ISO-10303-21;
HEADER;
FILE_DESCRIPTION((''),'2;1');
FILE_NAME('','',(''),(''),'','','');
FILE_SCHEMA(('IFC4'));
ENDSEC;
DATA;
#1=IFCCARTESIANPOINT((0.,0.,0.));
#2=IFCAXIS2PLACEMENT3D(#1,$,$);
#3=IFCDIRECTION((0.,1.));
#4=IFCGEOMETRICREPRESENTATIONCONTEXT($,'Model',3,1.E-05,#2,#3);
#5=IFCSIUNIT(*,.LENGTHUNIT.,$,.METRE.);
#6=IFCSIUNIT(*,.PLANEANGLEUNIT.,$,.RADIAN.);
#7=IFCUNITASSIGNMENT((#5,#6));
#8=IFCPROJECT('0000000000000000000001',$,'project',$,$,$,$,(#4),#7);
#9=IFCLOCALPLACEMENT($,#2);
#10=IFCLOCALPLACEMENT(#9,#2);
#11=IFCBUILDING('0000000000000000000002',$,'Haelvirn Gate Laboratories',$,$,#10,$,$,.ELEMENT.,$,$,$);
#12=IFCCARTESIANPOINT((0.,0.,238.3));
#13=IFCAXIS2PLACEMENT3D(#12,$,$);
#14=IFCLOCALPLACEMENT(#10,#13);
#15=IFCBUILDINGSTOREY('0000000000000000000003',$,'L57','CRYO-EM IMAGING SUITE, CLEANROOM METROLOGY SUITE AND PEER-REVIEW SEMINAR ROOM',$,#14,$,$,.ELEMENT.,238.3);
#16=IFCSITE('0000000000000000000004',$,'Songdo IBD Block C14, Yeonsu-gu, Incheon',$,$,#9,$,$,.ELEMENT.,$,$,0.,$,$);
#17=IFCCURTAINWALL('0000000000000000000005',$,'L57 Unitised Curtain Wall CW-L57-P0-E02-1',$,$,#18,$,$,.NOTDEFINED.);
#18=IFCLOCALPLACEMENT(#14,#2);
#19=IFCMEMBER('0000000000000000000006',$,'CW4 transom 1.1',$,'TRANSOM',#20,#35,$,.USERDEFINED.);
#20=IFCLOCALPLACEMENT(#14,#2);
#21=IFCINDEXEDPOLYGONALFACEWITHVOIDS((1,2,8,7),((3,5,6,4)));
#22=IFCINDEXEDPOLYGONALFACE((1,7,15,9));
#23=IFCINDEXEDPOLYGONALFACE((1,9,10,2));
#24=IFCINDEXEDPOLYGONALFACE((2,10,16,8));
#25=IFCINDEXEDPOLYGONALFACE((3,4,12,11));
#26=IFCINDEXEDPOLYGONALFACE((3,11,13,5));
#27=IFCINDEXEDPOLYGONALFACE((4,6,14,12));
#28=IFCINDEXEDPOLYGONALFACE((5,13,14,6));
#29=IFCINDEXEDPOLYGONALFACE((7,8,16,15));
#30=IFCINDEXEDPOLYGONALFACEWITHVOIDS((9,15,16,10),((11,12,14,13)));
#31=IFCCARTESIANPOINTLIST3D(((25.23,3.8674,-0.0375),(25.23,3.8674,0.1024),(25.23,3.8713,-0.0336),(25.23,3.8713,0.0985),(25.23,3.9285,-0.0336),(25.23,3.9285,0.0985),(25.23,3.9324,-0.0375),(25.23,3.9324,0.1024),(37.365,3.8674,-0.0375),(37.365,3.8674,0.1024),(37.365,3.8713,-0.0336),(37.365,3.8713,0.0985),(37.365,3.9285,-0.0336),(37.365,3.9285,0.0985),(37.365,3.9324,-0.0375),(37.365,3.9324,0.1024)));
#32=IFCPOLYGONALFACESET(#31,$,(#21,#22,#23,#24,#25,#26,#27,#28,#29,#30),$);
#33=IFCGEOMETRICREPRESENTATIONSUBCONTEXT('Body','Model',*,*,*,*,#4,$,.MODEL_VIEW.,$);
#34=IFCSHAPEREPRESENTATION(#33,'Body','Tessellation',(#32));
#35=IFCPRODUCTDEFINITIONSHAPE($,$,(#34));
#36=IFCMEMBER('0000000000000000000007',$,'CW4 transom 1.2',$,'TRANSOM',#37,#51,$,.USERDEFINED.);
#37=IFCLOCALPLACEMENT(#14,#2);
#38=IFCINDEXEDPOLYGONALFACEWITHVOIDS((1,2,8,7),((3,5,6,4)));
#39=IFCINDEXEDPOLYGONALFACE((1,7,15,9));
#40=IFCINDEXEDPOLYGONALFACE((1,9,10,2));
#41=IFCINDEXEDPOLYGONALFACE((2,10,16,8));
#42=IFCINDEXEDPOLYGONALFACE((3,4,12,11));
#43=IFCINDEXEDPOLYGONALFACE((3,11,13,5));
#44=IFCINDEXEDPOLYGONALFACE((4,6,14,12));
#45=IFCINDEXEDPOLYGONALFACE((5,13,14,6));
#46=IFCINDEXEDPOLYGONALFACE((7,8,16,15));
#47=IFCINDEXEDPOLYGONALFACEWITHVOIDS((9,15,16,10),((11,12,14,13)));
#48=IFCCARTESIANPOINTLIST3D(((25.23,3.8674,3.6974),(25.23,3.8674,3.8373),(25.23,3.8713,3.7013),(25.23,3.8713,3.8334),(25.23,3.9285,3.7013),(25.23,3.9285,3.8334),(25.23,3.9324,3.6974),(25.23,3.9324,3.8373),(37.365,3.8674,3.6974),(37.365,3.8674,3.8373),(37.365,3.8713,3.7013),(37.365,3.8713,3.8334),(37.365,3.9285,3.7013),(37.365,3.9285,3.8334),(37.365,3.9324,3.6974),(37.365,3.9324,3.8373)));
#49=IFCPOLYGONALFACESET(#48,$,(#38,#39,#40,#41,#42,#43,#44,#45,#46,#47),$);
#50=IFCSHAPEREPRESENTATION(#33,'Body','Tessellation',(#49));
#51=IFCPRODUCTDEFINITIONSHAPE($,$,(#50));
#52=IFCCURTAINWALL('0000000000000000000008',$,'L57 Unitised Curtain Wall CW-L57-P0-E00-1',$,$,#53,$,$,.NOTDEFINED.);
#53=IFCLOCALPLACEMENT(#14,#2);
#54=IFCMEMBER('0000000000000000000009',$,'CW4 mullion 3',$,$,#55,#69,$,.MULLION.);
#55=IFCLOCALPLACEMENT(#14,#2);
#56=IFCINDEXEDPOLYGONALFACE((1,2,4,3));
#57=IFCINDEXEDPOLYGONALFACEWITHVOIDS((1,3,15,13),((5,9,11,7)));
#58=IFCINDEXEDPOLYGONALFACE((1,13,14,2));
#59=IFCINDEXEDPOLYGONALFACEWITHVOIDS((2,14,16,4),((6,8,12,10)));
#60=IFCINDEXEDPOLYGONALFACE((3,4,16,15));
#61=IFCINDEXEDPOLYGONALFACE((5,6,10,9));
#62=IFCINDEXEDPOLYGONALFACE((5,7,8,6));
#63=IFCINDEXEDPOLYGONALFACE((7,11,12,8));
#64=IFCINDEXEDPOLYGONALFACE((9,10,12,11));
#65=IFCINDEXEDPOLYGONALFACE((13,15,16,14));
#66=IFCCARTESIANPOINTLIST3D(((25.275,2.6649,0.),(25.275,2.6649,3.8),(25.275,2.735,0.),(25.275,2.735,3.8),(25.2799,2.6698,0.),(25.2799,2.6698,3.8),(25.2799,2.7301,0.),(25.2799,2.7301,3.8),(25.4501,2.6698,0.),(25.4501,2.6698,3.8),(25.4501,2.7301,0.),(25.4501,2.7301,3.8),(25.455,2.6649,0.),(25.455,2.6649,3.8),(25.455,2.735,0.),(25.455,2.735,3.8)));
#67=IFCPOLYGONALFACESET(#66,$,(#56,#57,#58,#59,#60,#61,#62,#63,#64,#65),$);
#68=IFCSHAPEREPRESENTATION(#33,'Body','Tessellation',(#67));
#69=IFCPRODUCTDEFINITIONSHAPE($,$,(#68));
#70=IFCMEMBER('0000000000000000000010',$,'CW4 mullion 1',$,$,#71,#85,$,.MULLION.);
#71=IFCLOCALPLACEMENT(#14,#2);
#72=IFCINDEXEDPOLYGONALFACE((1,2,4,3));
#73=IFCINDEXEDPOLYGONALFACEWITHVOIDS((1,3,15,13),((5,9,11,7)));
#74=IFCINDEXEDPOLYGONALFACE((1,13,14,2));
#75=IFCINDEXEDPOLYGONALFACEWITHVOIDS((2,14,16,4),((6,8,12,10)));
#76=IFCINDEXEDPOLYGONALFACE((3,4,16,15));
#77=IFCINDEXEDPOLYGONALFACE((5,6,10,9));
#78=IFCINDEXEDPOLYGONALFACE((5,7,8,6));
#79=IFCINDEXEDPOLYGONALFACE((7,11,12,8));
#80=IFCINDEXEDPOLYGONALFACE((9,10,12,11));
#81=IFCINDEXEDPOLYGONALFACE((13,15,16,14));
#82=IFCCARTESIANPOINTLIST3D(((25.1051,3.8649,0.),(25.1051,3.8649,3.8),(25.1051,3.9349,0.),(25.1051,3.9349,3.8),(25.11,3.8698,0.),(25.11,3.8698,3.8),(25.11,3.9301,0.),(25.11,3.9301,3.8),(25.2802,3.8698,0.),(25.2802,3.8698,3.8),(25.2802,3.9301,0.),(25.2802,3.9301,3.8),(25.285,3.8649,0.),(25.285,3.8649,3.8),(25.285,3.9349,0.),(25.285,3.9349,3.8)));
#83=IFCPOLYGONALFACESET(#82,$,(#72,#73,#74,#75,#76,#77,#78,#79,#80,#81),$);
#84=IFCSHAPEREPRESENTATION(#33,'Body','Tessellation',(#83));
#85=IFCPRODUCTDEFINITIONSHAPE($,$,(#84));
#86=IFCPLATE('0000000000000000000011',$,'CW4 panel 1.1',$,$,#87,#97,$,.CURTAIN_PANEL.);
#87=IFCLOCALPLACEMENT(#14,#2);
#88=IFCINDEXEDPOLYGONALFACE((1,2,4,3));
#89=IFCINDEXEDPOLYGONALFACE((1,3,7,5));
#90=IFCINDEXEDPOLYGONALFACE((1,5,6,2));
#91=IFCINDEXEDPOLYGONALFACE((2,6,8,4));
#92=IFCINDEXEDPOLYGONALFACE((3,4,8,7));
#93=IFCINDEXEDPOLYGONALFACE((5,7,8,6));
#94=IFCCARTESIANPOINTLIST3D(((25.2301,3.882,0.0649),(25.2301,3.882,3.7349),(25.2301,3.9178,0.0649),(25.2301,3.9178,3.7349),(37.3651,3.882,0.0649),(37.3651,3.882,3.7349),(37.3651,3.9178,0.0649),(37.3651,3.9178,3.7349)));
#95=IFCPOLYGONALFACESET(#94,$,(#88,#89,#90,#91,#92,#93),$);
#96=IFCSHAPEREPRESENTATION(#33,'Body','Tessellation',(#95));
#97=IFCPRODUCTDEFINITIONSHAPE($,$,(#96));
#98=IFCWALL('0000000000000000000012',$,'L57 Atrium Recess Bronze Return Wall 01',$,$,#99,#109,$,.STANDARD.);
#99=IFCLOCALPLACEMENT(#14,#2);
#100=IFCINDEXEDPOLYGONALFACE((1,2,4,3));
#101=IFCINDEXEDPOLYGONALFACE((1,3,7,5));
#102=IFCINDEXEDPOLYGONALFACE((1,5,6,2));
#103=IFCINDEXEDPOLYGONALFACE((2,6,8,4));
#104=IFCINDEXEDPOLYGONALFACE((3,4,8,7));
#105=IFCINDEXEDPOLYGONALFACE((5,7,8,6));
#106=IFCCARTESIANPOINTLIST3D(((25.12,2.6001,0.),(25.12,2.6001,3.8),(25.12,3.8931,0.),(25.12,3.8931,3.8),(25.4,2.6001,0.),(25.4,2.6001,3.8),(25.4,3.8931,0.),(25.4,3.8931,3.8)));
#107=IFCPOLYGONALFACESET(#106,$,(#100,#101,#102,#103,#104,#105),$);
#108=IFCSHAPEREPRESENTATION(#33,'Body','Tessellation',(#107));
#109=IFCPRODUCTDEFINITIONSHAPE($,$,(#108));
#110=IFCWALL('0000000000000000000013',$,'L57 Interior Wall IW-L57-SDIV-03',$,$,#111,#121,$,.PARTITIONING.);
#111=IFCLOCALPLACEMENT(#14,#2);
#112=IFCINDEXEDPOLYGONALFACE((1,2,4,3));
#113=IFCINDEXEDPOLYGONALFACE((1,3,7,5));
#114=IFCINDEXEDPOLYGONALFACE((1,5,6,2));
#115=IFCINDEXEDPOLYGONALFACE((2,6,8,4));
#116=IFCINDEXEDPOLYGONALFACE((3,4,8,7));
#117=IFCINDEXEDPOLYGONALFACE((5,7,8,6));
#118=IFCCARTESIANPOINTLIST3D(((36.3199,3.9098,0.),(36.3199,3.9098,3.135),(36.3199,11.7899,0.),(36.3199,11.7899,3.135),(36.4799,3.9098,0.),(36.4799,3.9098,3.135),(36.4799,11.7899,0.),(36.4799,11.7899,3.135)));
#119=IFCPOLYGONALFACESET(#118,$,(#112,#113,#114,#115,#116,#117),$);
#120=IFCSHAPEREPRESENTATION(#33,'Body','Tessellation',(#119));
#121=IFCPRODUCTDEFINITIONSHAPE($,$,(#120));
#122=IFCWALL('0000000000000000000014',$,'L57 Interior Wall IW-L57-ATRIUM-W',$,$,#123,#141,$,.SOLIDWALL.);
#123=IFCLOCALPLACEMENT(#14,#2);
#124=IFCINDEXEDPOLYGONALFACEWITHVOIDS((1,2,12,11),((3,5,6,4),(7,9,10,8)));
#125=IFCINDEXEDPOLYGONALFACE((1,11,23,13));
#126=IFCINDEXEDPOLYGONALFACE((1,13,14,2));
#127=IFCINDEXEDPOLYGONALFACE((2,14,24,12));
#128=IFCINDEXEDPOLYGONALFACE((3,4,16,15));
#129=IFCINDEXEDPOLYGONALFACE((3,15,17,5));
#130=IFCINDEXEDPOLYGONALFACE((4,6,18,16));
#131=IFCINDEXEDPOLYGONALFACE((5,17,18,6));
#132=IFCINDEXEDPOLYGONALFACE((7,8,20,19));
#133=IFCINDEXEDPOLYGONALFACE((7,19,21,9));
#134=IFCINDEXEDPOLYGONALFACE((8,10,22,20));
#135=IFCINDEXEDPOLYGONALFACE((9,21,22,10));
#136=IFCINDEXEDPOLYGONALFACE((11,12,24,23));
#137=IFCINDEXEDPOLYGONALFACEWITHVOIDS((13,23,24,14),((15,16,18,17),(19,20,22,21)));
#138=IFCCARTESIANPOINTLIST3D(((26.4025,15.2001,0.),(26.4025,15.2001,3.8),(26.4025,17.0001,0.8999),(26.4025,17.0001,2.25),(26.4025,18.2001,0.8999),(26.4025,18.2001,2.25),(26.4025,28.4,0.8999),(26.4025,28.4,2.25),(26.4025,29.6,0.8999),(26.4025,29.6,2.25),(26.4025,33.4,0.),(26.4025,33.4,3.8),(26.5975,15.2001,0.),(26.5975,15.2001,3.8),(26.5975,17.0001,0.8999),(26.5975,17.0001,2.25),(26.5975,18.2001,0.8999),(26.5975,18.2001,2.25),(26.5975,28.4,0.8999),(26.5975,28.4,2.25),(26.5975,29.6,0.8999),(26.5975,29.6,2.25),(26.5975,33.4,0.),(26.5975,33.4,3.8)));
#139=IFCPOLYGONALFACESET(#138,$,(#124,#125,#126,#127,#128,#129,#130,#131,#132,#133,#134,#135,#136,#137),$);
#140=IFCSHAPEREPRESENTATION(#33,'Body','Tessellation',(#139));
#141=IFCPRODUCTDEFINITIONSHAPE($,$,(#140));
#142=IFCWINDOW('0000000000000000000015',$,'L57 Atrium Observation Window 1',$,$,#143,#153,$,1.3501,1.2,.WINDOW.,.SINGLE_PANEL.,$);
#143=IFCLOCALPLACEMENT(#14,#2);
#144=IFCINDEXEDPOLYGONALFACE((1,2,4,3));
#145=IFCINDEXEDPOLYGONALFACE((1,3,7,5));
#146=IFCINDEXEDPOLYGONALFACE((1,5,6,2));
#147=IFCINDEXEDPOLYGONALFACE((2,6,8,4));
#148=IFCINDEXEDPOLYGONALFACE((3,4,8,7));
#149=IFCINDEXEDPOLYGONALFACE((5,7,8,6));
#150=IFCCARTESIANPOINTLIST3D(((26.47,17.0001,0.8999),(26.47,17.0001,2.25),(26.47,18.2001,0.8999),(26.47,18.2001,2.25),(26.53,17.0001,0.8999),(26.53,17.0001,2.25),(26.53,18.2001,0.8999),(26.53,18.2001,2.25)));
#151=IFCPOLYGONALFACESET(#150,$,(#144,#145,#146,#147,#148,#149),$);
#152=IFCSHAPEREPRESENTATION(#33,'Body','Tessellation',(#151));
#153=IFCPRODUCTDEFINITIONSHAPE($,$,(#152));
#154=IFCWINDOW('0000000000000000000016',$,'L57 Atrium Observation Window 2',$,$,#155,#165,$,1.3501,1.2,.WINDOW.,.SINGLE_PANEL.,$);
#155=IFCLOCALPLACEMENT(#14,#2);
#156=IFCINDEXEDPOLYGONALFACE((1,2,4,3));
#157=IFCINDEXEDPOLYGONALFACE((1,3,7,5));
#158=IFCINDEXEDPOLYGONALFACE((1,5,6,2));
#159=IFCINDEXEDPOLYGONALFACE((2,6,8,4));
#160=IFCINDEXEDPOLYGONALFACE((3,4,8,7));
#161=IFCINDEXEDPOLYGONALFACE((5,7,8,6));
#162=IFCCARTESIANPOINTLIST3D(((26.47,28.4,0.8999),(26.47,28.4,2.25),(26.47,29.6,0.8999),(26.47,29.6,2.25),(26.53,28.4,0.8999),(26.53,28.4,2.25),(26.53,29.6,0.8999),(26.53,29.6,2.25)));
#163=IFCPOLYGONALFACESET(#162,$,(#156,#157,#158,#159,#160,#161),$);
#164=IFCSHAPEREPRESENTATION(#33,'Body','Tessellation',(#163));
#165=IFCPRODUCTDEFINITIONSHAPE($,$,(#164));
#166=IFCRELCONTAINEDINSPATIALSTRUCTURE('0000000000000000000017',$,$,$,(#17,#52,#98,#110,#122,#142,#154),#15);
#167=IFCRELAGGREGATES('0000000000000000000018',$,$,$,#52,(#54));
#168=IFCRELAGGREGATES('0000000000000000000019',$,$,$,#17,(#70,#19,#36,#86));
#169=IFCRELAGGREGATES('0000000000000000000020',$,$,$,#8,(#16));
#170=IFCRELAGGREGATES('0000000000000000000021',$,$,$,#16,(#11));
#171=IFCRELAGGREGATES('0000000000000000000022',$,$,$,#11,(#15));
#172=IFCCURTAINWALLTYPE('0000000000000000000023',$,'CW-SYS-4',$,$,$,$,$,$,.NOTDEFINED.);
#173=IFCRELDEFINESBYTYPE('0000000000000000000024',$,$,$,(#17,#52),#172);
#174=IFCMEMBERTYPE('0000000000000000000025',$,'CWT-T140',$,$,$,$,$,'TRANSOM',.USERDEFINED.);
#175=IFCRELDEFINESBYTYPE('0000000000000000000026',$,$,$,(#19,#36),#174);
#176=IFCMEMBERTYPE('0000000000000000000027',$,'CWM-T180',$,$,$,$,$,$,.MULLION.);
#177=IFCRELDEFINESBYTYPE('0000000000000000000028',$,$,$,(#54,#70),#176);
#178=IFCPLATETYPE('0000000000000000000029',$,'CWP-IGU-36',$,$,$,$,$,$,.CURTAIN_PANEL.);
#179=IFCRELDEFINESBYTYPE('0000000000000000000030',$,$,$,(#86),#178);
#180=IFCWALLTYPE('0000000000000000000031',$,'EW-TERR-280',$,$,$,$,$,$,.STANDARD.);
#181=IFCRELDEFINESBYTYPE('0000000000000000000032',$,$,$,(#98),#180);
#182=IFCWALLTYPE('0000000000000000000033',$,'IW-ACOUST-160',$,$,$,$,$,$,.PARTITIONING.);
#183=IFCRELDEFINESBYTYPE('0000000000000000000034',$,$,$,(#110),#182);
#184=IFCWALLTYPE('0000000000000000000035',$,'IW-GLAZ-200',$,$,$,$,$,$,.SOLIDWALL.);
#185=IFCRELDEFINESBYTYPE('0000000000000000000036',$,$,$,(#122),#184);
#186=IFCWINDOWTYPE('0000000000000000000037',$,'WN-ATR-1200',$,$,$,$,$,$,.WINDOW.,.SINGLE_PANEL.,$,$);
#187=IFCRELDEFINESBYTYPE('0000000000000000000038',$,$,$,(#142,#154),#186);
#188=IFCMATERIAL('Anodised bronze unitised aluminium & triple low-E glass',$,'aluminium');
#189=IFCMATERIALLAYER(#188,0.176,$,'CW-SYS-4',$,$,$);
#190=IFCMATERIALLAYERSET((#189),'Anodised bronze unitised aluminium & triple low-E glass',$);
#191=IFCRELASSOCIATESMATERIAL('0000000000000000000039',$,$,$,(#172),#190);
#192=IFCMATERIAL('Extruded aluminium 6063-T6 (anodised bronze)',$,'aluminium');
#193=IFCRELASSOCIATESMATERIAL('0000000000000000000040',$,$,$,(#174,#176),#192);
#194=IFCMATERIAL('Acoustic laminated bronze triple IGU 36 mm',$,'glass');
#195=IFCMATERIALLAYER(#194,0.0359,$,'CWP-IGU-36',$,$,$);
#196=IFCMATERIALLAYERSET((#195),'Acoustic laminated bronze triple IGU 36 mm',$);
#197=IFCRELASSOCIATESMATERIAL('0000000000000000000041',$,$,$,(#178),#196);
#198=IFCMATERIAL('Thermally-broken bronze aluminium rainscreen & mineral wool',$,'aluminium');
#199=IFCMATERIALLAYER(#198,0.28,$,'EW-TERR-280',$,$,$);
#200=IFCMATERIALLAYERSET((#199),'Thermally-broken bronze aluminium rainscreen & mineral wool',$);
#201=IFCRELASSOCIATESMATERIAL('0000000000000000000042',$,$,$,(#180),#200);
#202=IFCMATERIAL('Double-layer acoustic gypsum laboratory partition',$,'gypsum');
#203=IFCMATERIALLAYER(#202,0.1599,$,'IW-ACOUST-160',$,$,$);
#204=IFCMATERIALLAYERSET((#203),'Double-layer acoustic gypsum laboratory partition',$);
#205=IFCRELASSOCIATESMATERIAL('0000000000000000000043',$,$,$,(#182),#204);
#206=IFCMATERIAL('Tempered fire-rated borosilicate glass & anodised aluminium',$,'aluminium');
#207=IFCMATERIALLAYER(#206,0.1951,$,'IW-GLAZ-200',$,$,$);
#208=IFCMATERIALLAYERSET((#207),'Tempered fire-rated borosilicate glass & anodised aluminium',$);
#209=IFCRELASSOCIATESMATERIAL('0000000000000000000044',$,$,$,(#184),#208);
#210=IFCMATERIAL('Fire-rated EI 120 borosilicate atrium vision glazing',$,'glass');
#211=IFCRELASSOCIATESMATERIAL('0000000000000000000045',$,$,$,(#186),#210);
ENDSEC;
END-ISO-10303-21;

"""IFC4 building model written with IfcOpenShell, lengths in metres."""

from ifc_helpers import new_model, si_unit, direction, frame, frame_2d, origin, origin_2d, place, context, subcontext, project, spatial, rectangle, hollow_rectangle, extrude, source, transform, mapped, material, layer, layer_set, material_profile, profile_set, type_object, type_shapes, element, fill, aggregate, save


model = new_model("IFC4")

# Units and contexts
model_context = context("Model", 3, precision=1e-05, world=origin(), true_north=direction((0.0, 1.0)))
body_context = subcontext(model_context, "Body", "Model", "MODEL_VIEW")
ifc_project = project(units=[si_unit("LENGTHUNIT", "METRE"), si_unit("PLANEANGLEUNIT", "RADIAN")], contexts=[model_context])

# Site, building, storey
site_placement = place(None, origin())
site = spatial("IfcSite", under=ifc_project, at=site_placement, Name="Songdo IBD Block C14, Yeonsu-gu, Incheon", CompositionType="ELEMENT", RefElevation=0.0)
building_placement = place(site_placement, origin())
building = spatial("IfcBuilding", under=site, at=building_placement, Name="Haelvirn Gate Laboratories", CompositionType="ELEMENT")
storey_placement = place(building_placement, frame((0.0, 0.0, 238.3)))
storey = spatial("IfcBuildingStorey", under=building, at=storey_placement, Name="L57", Description="CRYO-EM IMAGING SUITE, CLEANROOM METROLOGY SUITE AND PEER-REVIEW SEMINAR ROOM", CompositionType="ELEMENT", Elevation=238.3)

# Curtain wall, members
ifc_material_1 = material(Name="Anodised bronze unitised aluminium & triple low-E glass", Category="aluminium")
ifc_layer_1 = layer(ifc_material_1, 0.176, Name="CW-SYS-4")
ifc_layer_set_1 = layer_set([ifc_layer_1], Name="Anodised bronze unitised aluminium & triple low-E glass")
curtain_wall_type = type_object("IfcCurtainWallType", Name="CW-SYS-4", PredefinedType="NOTDEFINED", material=ifc_layer_set_1)
curtain_wall_1_placement = place(storey_placement, origin())
curtain_wall_1 = element("IfcCurtainWall", 1, at=curtain_wall_1_placement, inside=storey, type_object=curtain_wall_type, Name="L57 Unitised Curtain Wall CW-L57-P0-E02-1", PredefinedType="NOTDEFINED")
ifc_material_2 = material(Name="Extruded aluminium 6063-T6 (anodised bronze)", Category="aluminium")
ifc_material_profile_1 = material_profile(ifc_material_2, hollow_rectangle(XDim=0.0649, YDim=0.1399, WallThickness=0.0039, at=origin_2d()), Name="CWT-140x65x4")
ifc_profile_set_1 = profile_set([ifc_material_profile_1], Name="Extruded aluminium 6063-T6 (anodised bronze)")
member_type_1 = type_object("IfcMemberType", Name="CWT-T140", ElementType="TRANSOM", PredefinedType="USERDEFINED", material=ifc_profile_set_1)
shared_shape_1 = source(origin(), body_context, "Body", "SweptSolid", [
    extrude(hollow_rectangle(XDim=0.0649, YDim=0.1399, WallThickness=0.0039, at=origin_2d()), origin(), (0.0, 0.0, 1.0), 12.135),
])
type_shapes(member_type_1, [shared_shape_1])
member_1_placement = place(storey_placement, frame((25.23, 3.8999, 0.0325), z_axis=(1.0, 0.0, 0.0), x_axis=(0.0, 1.0, 0.0)))
member_1 = element("IfcMember", 2, at=member_1_placement, type_object=member_type_1, Name="CW4 transom 1.1", ObjectType="TRANSOM", PredefinedType="USERDEFINED", context=body_context, shape_type="MappedRepresentation", body=[
    mapped(shared_shape_1, transform((0.0, 0.0, 0.0), scale=1.0)),
])
member_2_placement = place(storey_placement, frame((25.23, 3.8999, 3.7673), z_axis=(1.0, 0.0, 0.0), x_axis=(0.0, 1.0, 0.0)))
member_2 = element("IfcMember", 3, at=member_2_placement, type_object=member_type_1, Name="CW4 transom 1.2", ObjectType="TRANSOM", PredefinedType="USERDEFINED", context=body_context, shape_type="MappedRepresentation", body=[
    mapped(shared_shape_1, transform((0.0, 0.0, 0.0), scale=1.0)),
])

# Curtain wall, member
curtain_wall_2_placement = place(storey_placement, origin())
curtain_wall_2 = element("IfcCurtainWall", 4, at=curtain_wall_2_placement, inside=storey, type_object=curtain_wall_type, Name="L57 Unitised Curtain Wall CW-L57-P0-E00-1", PredefinedType="NOTDEFINED")
ifc_material_profile_2 = material_profile(ifc_material_2, hollow_rectangle(XDim=0.0701, YDim=0.1799, WallThickness=0.0049, at=origin_2d()), Name="CWM-180x70x5")
ifc_profile_set_2 = profile_set([ifc_material_profile_2], Name="Extruded aluminium 6063-T6 (anodised bronze)")
member_type_2 = type_object("IfcMemberType", Name="CWM-T180", PredefinedType="MULLION", material=ifc_profile_set_2)
shared_shape_2 = source(origin(), body_context, "Body", "SweptSolid", [
    extrude(hollow_rectangle(XDim=0.0701, YDim=0.1799, WallThickness=0.0049, at=origin_2d()), origin(), (0.0, 0.0, 1.0), 3.8),
])
type_shapes(member_type_2, [shared_shape_2])
member_3_placement = place(storey_placement, frame((25.365, 2.7, 0.0), z_axis=(0.0, 0.0, 1.0), x_axis=(0.0, 1.0, 0.0)))
member_3 = element("IfcMember", 5, at=member_3_placement, type_object=member_type_2, Name="CW4 mullion 3", PredefinedType="MULLION", context=body_context, shape_type="MappedRepresentation", body=[
    mapped(shared_shape_2, transform((0.0, 0.0, 0.0), scale=1.0)),
])
aggregate(curtain_wall_2, [member_3])

# Member
member_4_placement = place(storey_placement, frame((25.1951, 3.8999, 0.0), z_axis=(0.0, 0.0, 1.0), x_axis=(0.0, 1.0, 0.0)))
member_4 = element("IfcMember", 6, at=member_4_placement, type_object=member_type_2, Name="CW4 mullion 1", PredefinedType="MULLION", context=body_context, shape_type="MappedRepresentation", body=[
    mapped(shared_shape_2, transform((0.0, 0.0, 0.0), scale=1.0)),
])

# Plate
ifc_material_3 = material(Name="Acoustic laminated bronze triple IGU 36 mm", Category="glass")
ifc_layer_2 = layer(ifc_material_3, 0.0359, Name="CWP-IGU-36")
ifc_layer_set_2 = layer_set([ifc_layer_2], Name="Acoustic laminated bronze triple IGU 36 mm")
plate_type = type_object("IfcPlateType", Name="CWP-IGU-36", PredefinedType="CURTAIN_PANEL", material=ifc_layer_set_2)
shared_shape_3 = source(origin(), body_context, "Body", "SweptSolid", [
    extrude(rectangle(XDim=12.135, YDim=0.0359, at=origin_2d()), origin(), (0.0, 0.0, 1.0), 3.6699),
])
type_shapes(plate_type, [shared_shape_3])
plate_placement = place(storey_placement, frame((31.2976, 3.8999, 0.0649), z_axis=(0.0, 0.0, 1.0), x_axis=(1.0, 0.0, 0.0)))
plate = element("IfcPlate", 7, at=plate_placement, type_object=plate_type, Name="CW4 panel 1.1", PredefinedType="CURTAIN_PANEL", context=body_context, shape_type="MappedRepresentation", body=[
    mapped(shared_shape_3, transform((0.0, 0.0, 0.0), scale=1.0)),
])
aggregate(curtain_wall_1, [member_4, member_1, member_2, plate])

# Walls
ifc_material_4 = material(Name="Thermally-broken bronze aluminium rainscreen & mineral wool", Category="aluminium")
ifc_layer_3 = layer(ifc_material_4, 0.28, Name="EW-TERR-280")
ifc_layer_set_3 = layer_set([ifc_layer_3], Name="Thermally-broken bronze aluminium rainscreen & mineral wool")
wall_type_1 = type_object("IfcWallType", Name="EW-TERR-280", PredefinedType="STANDARD", material=ifc_layer_set_3)
wall_1_placement = place(storey_placement, frame((25.26, 2.6001, 0.0), z_axis=(0.0, 0.0, 1.0), x_axis=(0.0, 1.0, 0.0)))
element("IfcWall", 8, at=wall_1_placement, inside=storey, type_object=wall_type_1, Name="L57 Atrium Recess Bronze Return Wall 01", PredefinedType="STANDARD", context=body_context, shape_type="SweptSolid", body=[
    extrude(rectangle(XDim=1.293, YDim=0.28, at=frame_2d((0.6465, 0.0))), origin(), (0.0, 0.0, 1.0), 3.8),
])
ifc_material_5 = material(Name="Double-layer acoustic gypsum laboratory partition", Category="gypsum")
ifc_layer_4 = layer(ifc_material_5, 0.1599, Name="IW-ACOUST-160")
ifc_layer_set_4 = layer_set([ifc_layer_4], Name="Double-layer acoustic gypsum laboratory partition")
wall_type_2 = type_object("IfcWallType", Name="IW-ACOUST-160", PredefinedType="PARTITIONING", material=ifc_layer_set_4)
wall_2_placement = place(storey_placement, frame((36.3999, 3.9099, 0.0), z_axis=(0.0, 0.0, 1.0), x_axis=(0.0, 1.0, 0.0)))
element("IfcWall", 9, at=wall_2_placement, inside=storey, type_object=wall_type_2, Name="L57 Interior Wall IW-L57-SDIV-03", PredefinedType="PARTITIONING", context=body_context, shape_type="SweptSolid", body=[
    extrude(rectangle(XDim=7.8801, YDim=0.1599, at=frame_2d((3.9399, 0.0))), origin(), (0.0, 0.0, 1.0), 3.135),
])

# Wall, openings, windows
ifc_material_6 = material(Name="Tempered fire-rated borosilicate glass & anodised aluminium", Category="aluminium")
ifc_layer_5 = layer(ifc_material_6, 0.1951, Name="IW-GLAZ-200")
ifc_layer_set_5 = layer_set([ifc_layer_5], Name="Tempered fire-rated borosilicate glass & anodised aluminium")
wall_type_3 = type_object("IfcWallType", Name="IW-GLAZ-200", PredefinedType="SOLIDWALL", material=ifc_layer_set_5)
wall_3_placement = place(storey_placement, frame((26.5, 15.2, 0.0), z_axis=(0.0, 0.0, 1.0), x_axis=(0.0, 1.0, 0.0)))
wall_3 = element("IfcWall", 10, at=wall_3_placement, inside=storey, type_object=wall_type_3, Name="L57 Interior Wall IW-L57-ATRIUM-W", PredefinedType="SOLIDWALL", context=body_context, shape_type="SweptSolid", body=[
    extrude(rectangle(XDim=18.2, YDim=0.1951, at=frame_2d((9.1001, 0.0))), origin(), (0.0, 0.0, 1.0), 3.8),
])
opening_1_placement = place(wall_3_placement, frame((1.8, 0.0, 0.8999)))
opening_1 = element("IfcOpeningElement", 11, at=opening_1_placement, cuts=wall_3, PredefinedType="OPENING", context=body_context, shape_type="SweptSolid", body=[
    extrude(rectangle(XDim=1.2, YDim=1.3501, at=frame_2d((0.6001, 0.675))), frame((0.0, 0.1074, 0.0), z_axis=(0.0, -1.0, 0.0), x_axis=(1.0, 0.0, 0.0)), (0.0, 0.0, 1.0), 0.2151),
])
opening_2_placement = place(wall_3_placement, frame((13.2, 0.0, 0.8999)))
opening_2 = element("IfcOpeningElement", 12, at=opening_2_placement, cuts=wall_3, PredefinedType="OPENING", context=body_context, shape_type="SweptSolid", body=[
    extrude(rectangle(XDim=1.2, YDim=1.3501, at=frame_2d((0.6001, 0.675))), frame((0.0, 0.1074, 0.0), z_axis=(0.0, -1.0, 0.0), x_axis=(1.0, 0.0, 0.0)), (0.0, 0.0, 1.0), 0.2151),
])
ifc_material_7 = material(Name="Fire-rated EI 120 borosilicate atrium vision glazing", Category="glass")
window_type = type_object("IfcWindowType", Name="WN-ATR-1200", PartitioningType="SINGLE_PANEL", PredefinedType="WINDOW", material=ifc_material_7)
shared_shape_4 = source(origin(), body_context, "Body", "SweptSolid", [
    extrude(rectangle(XDim=1.2, YDim=1.3501, at=frame_2d((0.6001, 0.675))), frame((0.0, 0.03, 0.0), z_axis=(0.0, -1.0, 0.0), x_axis=(1.0, 0.0, 0.0)), (0.0, 0.0, 1.0), 0.0601),
])
type_shapes(window_type, [shared_shape_4])
window_1_placement = place(opening_1_placement, origin())
window_1 = element("IfcWindow", 13, at=window_1_placement, inside=storey, type_object=window_type, Name="L57 Atrium Observation Window 1", OverallHeight=1.3501, OverallWidth=1.2, PartitioningType="SINGLE_PANEL", PredefinedType="WINDOW", context=body_context, shape_type="MappedRepresentation", body=[
    mapped(shared_shape_4, transform((0.0, 0.0, 0.0), scale=1.0)),
])
fill(opening_1, window_1)
window_2_placement = place(opening_2_placement, origin())
window_2 = element("IfcWindow", 14, at=window_2_placement, inside=storey, type_object=window_type, Name="L57 Atrium Observation Window 2", OverallHeight=1.3501, OverallWidth=1.2, PartitioningType="SINGLE_PANEL", PredefinedType="WINDOW", context=body_context, shape_type="MappedRepresentation", body=[
    mapped(shared_shape_4, transform((0.0, 0.0, 0.0), scale=1.0)),
])
fill(opening_2, window_2)

save(model, "model.ifc")
